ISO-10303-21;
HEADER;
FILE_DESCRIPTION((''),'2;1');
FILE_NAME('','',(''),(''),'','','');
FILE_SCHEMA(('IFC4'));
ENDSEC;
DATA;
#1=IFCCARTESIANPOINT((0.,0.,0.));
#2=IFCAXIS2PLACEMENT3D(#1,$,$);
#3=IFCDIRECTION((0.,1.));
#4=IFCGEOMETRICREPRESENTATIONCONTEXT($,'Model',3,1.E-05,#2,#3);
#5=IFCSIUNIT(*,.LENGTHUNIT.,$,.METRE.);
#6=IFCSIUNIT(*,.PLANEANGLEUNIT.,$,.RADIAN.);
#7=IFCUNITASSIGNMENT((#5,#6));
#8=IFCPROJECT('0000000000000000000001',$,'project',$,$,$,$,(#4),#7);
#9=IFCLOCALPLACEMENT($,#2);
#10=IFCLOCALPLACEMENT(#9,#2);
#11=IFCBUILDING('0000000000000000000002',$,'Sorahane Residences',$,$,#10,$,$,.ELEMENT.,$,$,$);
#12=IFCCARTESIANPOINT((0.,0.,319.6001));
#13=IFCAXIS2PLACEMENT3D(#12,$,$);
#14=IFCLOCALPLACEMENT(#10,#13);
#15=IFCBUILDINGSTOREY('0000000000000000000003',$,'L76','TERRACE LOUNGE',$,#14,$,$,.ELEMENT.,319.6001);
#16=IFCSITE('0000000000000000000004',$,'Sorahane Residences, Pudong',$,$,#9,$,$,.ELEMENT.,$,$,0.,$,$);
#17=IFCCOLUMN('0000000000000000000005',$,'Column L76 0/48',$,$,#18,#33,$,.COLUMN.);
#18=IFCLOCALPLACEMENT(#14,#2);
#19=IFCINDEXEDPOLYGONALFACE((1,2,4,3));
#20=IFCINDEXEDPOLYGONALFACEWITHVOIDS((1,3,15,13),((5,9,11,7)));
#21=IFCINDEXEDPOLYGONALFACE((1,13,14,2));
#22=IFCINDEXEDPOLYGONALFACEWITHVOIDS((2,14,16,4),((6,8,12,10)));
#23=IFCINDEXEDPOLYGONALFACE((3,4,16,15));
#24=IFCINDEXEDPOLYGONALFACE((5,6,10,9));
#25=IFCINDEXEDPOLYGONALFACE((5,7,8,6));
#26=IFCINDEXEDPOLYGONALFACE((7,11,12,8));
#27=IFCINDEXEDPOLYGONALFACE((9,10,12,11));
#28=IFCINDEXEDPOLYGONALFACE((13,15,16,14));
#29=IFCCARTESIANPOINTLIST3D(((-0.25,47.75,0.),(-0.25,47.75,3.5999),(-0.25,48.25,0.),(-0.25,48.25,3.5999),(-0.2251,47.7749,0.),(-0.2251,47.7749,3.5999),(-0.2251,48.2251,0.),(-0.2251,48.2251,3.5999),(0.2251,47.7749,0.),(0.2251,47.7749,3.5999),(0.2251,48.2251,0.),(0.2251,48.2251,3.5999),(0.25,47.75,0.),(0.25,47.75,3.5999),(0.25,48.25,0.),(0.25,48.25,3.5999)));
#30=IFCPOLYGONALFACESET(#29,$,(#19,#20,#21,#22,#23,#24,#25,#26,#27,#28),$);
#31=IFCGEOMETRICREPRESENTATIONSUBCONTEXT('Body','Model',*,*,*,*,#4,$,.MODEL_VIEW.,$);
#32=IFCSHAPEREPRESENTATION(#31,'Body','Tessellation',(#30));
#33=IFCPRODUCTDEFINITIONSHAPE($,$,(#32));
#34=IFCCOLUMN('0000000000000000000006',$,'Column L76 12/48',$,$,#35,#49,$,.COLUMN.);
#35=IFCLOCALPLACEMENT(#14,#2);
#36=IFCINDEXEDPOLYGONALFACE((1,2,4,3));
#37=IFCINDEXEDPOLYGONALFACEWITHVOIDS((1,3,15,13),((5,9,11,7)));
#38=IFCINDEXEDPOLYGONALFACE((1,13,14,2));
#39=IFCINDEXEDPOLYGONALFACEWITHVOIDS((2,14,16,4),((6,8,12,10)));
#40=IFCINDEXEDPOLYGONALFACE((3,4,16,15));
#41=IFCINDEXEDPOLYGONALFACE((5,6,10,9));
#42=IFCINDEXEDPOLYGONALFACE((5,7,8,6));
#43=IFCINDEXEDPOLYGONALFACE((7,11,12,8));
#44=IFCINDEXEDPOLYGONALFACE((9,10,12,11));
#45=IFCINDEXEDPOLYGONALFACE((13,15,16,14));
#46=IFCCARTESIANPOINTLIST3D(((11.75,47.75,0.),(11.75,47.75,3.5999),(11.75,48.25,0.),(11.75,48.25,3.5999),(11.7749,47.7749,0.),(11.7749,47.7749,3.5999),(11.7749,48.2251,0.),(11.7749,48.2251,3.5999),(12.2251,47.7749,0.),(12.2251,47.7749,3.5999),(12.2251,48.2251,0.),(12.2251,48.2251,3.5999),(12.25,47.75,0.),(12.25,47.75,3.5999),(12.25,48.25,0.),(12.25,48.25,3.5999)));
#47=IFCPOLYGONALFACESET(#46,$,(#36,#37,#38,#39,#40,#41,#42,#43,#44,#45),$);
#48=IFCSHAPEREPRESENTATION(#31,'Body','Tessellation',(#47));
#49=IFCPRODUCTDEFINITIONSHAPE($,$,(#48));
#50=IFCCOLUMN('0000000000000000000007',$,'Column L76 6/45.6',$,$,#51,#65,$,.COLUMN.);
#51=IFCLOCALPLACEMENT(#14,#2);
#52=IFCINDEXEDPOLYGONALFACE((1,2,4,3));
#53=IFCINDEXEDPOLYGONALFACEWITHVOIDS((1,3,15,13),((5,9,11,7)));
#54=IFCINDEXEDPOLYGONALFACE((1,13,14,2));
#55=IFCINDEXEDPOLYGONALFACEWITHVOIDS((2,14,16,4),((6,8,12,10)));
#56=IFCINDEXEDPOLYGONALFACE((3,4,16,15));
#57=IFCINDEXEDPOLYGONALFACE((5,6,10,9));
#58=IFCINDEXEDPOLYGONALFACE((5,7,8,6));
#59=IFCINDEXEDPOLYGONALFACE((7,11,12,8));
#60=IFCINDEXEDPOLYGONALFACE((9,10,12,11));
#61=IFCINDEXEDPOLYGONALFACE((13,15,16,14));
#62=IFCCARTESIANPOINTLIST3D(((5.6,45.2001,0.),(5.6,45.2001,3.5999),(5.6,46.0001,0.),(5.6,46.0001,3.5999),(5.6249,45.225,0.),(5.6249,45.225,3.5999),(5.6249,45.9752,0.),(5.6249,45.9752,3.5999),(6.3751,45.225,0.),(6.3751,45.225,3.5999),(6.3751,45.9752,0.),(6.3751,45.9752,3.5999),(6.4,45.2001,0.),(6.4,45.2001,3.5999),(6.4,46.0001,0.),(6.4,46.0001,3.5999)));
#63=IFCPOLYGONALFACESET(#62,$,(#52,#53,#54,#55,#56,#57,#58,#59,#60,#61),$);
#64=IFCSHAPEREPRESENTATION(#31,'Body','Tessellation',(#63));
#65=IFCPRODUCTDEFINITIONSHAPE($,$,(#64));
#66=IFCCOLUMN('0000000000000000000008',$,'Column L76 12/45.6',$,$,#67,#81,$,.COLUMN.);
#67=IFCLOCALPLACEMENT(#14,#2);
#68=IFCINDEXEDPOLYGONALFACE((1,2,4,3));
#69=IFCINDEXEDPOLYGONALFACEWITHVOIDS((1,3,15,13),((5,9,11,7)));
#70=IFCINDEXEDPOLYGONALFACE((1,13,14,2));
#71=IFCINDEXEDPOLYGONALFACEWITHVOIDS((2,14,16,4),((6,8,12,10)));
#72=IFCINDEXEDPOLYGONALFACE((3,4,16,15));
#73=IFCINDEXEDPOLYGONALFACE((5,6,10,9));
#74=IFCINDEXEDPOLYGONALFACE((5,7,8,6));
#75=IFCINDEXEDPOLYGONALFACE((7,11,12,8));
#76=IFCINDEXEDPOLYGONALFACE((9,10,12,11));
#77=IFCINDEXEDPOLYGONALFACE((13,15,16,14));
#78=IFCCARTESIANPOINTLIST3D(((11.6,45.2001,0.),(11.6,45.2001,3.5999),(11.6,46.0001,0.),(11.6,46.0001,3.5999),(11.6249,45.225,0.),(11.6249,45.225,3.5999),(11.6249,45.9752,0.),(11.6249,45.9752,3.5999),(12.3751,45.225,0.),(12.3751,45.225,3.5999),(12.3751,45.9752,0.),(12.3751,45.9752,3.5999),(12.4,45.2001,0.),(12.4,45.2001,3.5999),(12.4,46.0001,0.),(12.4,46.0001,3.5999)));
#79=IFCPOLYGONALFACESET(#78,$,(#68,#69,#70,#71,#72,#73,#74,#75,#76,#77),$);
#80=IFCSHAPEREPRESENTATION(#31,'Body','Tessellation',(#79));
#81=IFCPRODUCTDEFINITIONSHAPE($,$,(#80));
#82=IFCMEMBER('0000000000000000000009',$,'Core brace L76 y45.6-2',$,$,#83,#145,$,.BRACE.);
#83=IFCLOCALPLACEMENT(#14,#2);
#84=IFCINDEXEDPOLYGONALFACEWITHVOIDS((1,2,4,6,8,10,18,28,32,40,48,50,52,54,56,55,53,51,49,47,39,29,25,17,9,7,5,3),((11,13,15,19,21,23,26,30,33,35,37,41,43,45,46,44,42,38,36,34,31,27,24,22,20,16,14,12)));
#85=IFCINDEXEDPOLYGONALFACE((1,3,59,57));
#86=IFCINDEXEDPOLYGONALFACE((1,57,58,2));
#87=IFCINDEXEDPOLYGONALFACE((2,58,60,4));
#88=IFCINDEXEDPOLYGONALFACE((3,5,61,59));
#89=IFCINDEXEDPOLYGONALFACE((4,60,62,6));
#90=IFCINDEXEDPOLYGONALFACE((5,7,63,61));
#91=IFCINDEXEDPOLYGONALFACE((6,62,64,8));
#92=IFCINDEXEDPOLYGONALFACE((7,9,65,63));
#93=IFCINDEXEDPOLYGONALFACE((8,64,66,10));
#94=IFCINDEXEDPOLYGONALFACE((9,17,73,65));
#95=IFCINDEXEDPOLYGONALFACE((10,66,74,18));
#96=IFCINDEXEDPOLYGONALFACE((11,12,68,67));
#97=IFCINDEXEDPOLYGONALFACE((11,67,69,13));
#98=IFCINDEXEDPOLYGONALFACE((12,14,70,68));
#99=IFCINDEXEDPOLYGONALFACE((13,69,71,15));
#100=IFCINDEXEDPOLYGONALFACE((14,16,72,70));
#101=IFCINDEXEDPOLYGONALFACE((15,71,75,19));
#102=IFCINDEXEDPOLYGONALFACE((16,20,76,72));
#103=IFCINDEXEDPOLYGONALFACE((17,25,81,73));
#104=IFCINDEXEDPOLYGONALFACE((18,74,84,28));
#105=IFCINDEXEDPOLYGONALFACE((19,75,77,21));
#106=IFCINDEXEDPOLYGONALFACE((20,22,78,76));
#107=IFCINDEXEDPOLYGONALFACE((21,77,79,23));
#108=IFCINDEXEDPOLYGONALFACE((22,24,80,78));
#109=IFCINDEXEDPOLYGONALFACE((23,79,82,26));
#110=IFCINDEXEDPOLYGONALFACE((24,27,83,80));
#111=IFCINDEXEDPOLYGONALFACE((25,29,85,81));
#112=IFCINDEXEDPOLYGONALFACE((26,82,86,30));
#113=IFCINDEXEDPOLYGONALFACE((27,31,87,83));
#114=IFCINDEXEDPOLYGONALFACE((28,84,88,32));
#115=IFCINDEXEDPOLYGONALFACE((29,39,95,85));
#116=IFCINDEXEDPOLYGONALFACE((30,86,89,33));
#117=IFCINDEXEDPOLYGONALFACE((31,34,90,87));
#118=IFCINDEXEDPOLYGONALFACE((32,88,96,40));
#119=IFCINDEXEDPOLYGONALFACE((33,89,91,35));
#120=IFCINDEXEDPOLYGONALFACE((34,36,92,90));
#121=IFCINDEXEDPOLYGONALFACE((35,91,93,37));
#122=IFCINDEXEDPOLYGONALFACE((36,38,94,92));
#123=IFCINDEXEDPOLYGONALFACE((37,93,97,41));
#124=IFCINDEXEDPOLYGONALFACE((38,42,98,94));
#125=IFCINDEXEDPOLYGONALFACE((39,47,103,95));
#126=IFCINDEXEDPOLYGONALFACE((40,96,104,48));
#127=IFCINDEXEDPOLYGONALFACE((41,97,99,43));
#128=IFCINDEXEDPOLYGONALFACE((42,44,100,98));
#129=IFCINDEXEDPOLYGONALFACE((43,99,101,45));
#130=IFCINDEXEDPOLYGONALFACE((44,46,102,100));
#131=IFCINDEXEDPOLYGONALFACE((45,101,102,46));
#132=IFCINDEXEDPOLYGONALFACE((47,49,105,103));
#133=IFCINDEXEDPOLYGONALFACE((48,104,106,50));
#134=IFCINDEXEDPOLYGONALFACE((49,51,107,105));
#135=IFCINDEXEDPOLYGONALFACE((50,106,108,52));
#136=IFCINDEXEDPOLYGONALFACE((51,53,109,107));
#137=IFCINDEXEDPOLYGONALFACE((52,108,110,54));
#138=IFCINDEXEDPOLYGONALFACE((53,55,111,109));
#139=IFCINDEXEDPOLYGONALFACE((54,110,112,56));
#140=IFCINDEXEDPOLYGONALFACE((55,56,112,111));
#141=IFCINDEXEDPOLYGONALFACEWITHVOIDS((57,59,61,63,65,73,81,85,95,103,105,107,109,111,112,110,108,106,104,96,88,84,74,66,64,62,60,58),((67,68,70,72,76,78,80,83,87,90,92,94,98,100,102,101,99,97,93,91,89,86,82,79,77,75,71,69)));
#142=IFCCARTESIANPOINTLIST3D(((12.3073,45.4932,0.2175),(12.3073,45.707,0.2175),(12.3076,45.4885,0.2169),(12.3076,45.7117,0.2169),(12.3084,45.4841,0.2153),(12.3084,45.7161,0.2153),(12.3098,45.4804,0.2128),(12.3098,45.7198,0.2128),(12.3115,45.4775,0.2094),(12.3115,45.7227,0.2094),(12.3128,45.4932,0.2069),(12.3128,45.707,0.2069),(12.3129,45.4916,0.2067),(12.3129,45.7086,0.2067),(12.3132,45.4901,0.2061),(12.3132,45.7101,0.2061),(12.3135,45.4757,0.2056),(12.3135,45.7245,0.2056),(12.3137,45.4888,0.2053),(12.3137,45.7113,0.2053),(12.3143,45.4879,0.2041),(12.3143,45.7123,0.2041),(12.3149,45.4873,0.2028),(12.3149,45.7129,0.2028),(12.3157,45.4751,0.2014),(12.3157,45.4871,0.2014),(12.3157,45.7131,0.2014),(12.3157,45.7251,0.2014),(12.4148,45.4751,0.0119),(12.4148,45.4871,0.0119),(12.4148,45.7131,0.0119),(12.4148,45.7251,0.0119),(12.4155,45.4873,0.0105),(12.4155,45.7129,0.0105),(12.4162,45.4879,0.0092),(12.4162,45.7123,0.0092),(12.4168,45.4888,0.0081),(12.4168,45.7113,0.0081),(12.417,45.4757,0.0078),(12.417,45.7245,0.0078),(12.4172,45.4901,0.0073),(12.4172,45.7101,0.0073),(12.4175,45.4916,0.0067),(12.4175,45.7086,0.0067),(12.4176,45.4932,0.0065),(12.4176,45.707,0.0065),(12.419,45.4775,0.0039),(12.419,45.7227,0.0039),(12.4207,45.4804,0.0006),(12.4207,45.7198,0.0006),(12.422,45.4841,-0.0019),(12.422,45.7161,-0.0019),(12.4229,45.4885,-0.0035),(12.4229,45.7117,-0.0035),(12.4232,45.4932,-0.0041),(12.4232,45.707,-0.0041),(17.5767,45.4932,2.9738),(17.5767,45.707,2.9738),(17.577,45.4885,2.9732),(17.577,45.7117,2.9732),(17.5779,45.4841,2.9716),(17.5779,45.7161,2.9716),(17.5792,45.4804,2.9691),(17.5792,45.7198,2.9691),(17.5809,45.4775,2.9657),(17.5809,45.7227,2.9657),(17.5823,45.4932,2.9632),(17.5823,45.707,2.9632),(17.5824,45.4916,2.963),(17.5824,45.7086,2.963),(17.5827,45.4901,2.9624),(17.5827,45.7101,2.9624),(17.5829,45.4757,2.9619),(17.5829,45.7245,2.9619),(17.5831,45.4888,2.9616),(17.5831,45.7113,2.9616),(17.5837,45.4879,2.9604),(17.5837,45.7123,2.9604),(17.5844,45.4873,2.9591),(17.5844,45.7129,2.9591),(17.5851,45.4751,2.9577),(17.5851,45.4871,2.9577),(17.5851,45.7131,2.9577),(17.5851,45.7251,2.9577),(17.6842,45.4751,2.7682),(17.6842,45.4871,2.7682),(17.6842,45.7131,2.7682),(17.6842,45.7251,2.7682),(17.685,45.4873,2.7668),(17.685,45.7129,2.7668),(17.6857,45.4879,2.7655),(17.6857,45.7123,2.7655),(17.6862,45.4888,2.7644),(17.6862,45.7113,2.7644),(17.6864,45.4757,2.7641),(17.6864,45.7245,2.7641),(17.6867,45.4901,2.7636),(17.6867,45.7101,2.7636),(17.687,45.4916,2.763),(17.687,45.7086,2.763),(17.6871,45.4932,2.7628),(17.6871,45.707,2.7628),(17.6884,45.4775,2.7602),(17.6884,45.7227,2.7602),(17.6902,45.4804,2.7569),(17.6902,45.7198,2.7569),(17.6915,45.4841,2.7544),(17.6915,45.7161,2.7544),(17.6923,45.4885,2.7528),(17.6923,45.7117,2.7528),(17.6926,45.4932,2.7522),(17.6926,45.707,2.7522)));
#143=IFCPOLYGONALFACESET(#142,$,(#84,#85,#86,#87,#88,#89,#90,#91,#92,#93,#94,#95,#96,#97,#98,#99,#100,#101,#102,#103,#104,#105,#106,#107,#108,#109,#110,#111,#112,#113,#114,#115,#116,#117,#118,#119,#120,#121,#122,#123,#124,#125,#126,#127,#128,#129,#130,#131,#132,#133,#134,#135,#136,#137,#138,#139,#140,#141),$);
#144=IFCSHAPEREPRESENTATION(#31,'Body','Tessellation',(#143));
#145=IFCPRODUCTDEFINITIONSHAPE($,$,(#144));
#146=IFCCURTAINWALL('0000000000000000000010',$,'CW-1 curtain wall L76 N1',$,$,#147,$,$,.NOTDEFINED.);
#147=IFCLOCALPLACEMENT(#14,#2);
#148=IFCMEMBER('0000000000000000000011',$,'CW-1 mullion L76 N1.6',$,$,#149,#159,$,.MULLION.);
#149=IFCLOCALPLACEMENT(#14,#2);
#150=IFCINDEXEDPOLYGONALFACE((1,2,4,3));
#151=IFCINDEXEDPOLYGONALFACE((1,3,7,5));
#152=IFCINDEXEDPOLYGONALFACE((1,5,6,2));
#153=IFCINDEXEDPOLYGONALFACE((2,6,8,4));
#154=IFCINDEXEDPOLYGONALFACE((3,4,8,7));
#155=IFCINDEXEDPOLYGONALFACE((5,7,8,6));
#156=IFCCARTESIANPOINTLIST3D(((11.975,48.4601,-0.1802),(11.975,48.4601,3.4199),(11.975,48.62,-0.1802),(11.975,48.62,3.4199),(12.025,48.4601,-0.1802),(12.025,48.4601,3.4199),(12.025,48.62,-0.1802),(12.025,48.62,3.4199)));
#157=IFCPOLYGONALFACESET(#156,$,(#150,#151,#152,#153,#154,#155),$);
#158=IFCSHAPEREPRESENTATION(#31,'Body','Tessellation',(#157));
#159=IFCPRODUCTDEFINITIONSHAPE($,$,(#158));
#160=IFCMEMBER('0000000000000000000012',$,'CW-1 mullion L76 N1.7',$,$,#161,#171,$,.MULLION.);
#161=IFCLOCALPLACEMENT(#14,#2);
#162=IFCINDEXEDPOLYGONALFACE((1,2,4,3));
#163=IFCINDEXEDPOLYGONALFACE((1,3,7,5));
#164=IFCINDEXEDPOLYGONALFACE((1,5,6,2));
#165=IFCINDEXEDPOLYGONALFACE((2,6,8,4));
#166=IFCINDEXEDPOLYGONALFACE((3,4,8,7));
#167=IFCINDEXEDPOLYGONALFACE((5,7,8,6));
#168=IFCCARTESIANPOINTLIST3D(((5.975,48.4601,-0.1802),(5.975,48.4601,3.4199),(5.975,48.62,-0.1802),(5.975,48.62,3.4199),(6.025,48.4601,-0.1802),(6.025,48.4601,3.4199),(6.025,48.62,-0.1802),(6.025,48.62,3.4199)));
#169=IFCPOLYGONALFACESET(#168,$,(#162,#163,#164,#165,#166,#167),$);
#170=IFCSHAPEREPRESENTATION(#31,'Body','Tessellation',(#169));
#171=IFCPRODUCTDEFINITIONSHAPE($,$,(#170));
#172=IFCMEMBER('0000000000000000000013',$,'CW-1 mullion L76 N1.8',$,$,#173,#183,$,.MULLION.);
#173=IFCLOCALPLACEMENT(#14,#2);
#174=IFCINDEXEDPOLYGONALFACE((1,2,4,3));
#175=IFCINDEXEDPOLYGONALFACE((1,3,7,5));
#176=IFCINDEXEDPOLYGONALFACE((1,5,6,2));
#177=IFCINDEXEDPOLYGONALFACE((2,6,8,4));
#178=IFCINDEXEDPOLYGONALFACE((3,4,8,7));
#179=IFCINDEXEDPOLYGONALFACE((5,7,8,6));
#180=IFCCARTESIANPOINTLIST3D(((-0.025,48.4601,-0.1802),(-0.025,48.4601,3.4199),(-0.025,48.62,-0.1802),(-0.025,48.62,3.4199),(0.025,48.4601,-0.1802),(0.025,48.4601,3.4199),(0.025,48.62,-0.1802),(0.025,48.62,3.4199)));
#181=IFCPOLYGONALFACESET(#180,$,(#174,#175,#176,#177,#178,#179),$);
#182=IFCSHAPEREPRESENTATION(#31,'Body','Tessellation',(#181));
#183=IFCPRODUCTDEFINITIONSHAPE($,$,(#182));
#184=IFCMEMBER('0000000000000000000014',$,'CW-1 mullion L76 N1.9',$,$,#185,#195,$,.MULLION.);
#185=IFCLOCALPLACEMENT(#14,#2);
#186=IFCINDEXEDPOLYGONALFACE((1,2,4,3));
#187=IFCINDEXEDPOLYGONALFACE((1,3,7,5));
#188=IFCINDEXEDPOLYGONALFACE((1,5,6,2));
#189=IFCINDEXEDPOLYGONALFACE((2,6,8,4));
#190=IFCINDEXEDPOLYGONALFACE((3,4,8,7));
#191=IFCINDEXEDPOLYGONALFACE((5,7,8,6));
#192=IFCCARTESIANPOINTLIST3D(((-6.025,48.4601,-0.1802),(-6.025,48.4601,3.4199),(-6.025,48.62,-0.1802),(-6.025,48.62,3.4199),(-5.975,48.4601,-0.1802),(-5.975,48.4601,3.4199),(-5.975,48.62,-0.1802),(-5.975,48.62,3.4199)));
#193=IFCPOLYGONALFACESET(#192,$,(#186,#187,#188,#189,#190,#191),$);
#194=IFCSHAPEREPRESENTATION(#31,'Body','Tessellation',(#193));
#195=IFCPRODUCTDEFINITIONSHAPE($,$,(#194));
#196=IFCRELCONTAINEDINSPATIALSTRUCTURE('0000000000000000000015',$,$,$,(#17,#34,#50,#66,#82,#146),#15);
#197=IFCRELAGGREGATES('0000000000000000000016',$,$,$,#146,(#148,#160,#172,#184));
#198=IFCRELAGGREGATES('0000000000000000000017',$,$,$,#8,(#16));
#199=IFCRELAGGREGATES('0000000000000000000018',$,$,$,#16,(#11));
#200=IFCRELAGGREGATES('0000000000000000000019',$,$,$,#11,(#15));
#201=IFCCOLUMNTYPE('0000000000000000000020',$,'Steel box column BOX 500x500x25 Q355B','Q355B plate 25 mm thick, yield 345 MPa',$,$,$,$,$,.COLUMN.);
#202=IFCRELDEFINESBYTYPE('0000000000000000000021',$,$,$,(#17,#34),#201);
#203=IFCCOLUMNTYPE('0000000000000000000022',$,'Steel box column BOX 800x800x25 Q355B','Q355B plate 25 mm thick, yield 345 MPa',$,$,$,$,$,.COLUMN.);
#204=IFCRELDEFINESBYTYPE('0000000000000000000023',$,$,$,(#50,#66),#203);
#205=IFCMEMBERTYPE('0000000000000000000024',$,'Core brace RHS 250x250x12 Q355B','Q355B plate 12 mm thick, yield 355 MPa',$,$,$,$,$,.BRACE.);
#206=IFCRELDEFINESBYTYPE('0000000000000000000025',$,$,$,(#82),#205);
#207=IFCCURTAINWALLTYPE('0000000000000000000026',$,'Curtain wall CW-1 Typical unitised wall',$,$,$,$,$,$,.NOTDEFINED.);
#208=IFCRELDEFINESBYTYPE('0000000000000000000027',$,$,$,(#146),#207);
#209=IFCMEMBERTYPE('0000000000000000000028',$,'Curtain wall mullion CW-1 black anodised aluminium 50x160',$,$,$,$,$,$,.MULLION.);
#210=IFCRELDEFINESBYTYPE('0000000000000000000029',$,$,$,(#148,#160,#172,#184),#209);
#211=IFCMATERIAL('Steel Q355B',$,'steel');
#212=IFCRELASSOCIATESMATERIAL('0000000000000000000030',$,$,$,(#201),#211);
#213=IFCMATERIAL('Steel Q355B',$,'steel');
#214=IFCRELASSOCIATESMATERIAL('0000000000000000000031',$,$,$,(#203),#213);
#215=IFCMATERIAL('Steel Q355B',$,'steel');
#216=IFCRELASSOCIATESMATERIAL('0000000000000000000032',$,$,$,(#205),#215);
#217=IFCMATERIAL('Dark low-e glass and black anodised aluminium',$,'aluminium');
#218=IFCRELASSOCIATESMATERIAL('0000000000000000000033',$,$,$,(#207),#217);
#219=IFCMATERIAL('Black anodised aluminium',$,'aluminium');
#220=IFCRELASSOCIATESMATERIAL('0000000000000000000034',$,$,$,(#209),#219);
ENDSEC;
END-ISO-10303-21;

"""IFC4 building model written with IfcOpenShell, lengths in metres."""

from ifc_helpers import new_model, si_unit, direction, frame, origin, origin_2d, place, context, subcontext, project, spatial, rectangle, hollow_rectangle, extrude, material, material_profile, profile_set, type_object, element, aggregate, save


model = new_model("IFC4")

# Units and contexts
model_context = context("Model", 3, precision=1e-05, world=origin(), true_north=direction((0.0, 1.0)))
body_context = subcontext(model_context, "Body", "Model", "MODEL_VIEW")
ifc_project = project(units=[si_unit("LENGTHUNIT", "METRE"), si_unit("PLANEANGLEUNIT", "RADIAN")], contexts=[model_context])

# Site, building, storey
site_placement = place(None, origin())
site = spatial("IfcSite", under=ifc_project, at=site_placement, Name="Sorahane Residences, Pudong", CompositionType="ELEMENT", RefElevation=0.0)
building_placement = place(site_placement, origin())
building = spatial("IfcBuilding", under=site, at=building_placement, Name="Sorahane Residences", CompositionType="ELEMENT")
storey_placement = place(building_placement, frame((0.0, 0.0, 319.6001)))
storey = spatial("IfcBuildingStorey", under=building, at=storey_placement, Name="L76", Description="TERRACE LOUNGE", CompositionType="ELEMENT", Elevation=319.6001)

# Columns
ifc_material_1 = material(Name="Steel Q355B", Category="steel")
ifc_material_profile_1 = material_profile(ifc_material_1, hollow_rectangle(XDim=0.5, YDim=0.5, WallThickness=0.0249, at=origin_2d()), Name="BOX 500x500x25")
ifc_profile_set_1 = profile_set([ifc_material_profile_1], Name="Steel Q355B")
column_type_1 = type_object("IfcColumnType", Name="Steel box column BOX 500x500x25 Q355B", Description="Q355B plate 25 mm thick, yield 345 MPa", PredefinedType="COLUMN", material=ifc_profile_set_1)
for number, where, z_axis, x_axis, name in (
    (1, (0.0, 48.0, 0.0), (0.0, 0.0, 1.0), (1.0, 0.0, 0.0), "Column L76 0/48"),
    (2, (12.0, 48.0, 0.0), (0.0, 0.0, 1.0), (1.0, 0.0, 0.0), "Column L76 12/48"),
):
    element("IfcColumn", number, at=place(storey_placement, frame(where, z_axis=z_axis, x_axis=x_axis)), inside=storey, type_object=column_type_1, Name=name, PredefinedType="COLUMN", context=body_context, shape_type="SweptSolid", body=[
        extrude(hollow_rectangle(XDim=0.5, YDim=0.5, WallThickness=0.0249, at=origin_2d()), origin(), (0.0, 0.0, 1.0), 3.5999),
    ])
ifc_material_2 = material(Name="Steel Q355B", Category="steel")
ifc_material_profile_2 = material_profile(ifc_material_2, hollow_rectangle(XDim=0.8, YDim=0.8, WallThickness=0.0249, at=origin_2d()), Name="BOX 800x800x25")
ifc_profile_set_2 = profile_set([ifc_material_profile_2], Name="Steel Q355B")
column_type_2 = type_object("IfcColumnType", Name="Steel box column BOX 800x800x25 Q355B", Description="Q355B plate 25 mm thick, yield 345 MPa", PredefinedType="COLUMN", material=ifc_profile_set_2)
for number, where, z_axis, x_axis, name in (
    (3, (6.0, 45.6001, 0.0), (0.0, 0.0, 1.0), (1.0, 0.0, 0.0), "Column L76 6/45.6"),
    (4, (12.0, 45.6001, 0.0), (0.0, 0.0, 1.0), (1.0, 0.0, 0.0), "Column L76 12/45.6"),
):
    element("IfcColumn", number, at=place(storey_placement, frame(where, z_axis=z_axis, x_axis=x_axis)), inside=storey, type_object=column_type_2, Name=name, PredefinedType="COLUMN", context=body_context, shape_type="SweptSolid", body=[
        extrude(hollow_rectangle(XDim=0.8, YDim=0.8, WallThickness=0.0249, at=origin_2d()), origin(), (0.0, 0.0, 1.0), 3.5999),
    ])

# Member
ifc_material_3 = material(Name="Steel Q355B", Category="steel")
ifc_material_profile_3 = material_profile(ifc_material_3, hollow_rectangle(XDim=0.25, YDim=0.25, WallThickness=0.012, InnerFilletRadius=0.0061, OuterFilletRadius=0.0181, at=origin_2d()), Name="RHS 250x250x12")
ifc_profile_set_3 = profile_set([ifc_material_profile_3], Name="Steel Q355B")
member_type_1 = type_object("IfcMemberType", Name="Core brace RHS 250x250x12 Q355B", Description="Q355B plate 12 mm thick, yield 355 MPa", PredefinedType="BRACE", material=ifc_profile_set_3)
member_1_placement = place(storey_placement, frame((12.3652, 45.6001, 0.1067), z_axis=(0.8861, 0.0, 0.463495), x_axis=(0.0, 1.0, 0.0)))
element("IfcMember", 5, at=member_1_placement, inside=storey, type_object=member_type_1, Name="Core brace L76 y45.6-2", PredefinedType="BRACE", context=body_context, shape_type="SweptSolid", body=[
    extrude(hollow_rectangle(XDim=0.25, YDim=0.25, WallThickness=0.012, InnerFilletRadius=0.0061, OuterFilletRadius=0.0181, at=origin_2d()), origin(), (0.0, 0.0, 1.0), 5.9468),
])

# Curtain wall, members
ifc_material_4 = material(Name="Dark low-e glass and black anodised aluminium", Category="aluminium")
curtain_wall_type = type_object("IfcCurtainWallType", Name="Curtain wall CW-1 Typical unitised wall", PredefinedType="NOTDEFINED", material=ifc_material_4)
curtain_wall_placement = place(storey_placement, origin())
curtain_wall = element("IfcCurtainWall", 6, at=curtain_wall_placement, inside=storey, type_object=curtain_wall_type, Name="CW-1 curtain wall L76 N1", PredefinedType="NOTDEFINED")
ifc_material_5 = material(Name="Black anodised aluminium", Category="aluminium")
ifc_material_profile_4 = material_profile(ifc_material_5, rectangle(XDim=0.1599, YDim=0.05, at=origin_2d()), Name="Curtain wall mullion CW-1 black anodised aluminium 50x160")
ifc_profile_set_4 = profile_set([ifc_material_profile_4], Name="Black anodised aluminium")
member_type_2 = type_object("IfcMemberType", Name="Curtain wall mullion CW-1 black anodised aluminium 50x160", PredefinedType="MULLION", material=ifc_profile_set_4)
member_2_placement = place(storey_placement, frame((12.0, 48.54, -0.1802), z_axis=(0.0, 0.0, 1.0), x_axis=(0.0, 1.0, 0.0)))
member_2 = element("IfcMember", 7, at=member_2_placement, type_object=member_type_2, Name="CW-1 mullion L76 N1.6", PredefinedType="MULLION", context=body_context, shape_type="SweptSolid", body=[
    extrude(rectangle(XDim=0.1599, YDim=0.05, at=origin_2d()), origin(), (0.0, 0.0, 1.0), 3.6001),
])
member_3_placement = place(storey_placement, frame((6.0, 48.54, -0.1802), z_axis=(0.0, 0.0, 1.0), x_axis=(0.0, 1.0, 0.0)))
member_3 = element("IfcMember", 8, at=member_3_placement, type_object=member_type_2, Name="CW-1 mullion L76 N1.7", PredefinedType="MULLION", context=body_context, shape_type="SweptSolid", body=[
    extrude(rectangle(XDim=0.1599, YDim=0.05, at=origin_2d()), origin(), (0.0, 0.0, 1.0), 3.6001),
])
member_4_placement = place(storey_placement, frame((0.0, 48.54, -0.1802), z_axis=(0.0, 0.0, 1.0), x_axis=(0.0, 1.0, 0.0)))
member_4 = element("IfcMember", 9, at=member_4_placement, type_object=member_type_2, Name="CW-1 mullion L76 N1.8", PredefinedType="MULLION", context=body_context, shape_type="SweptSolid", body=[
    extrude(rectangle(XDim=0.1599, YDim=0.05, at=origin_2d()), origin(), (0.0, 0.0, 1.0), 3.6001),
])
member_5_placement = place(storey_placement, frame((-6.0, 48.54, -0.1802), z_axis=(0.0, 0.0, 1.0), x_axis=(0.0, 1.0, 0.0)))
member_5 = element("IfcMember", 10, at=member_5_placement, type_object=member_type_2, Name="CW-1 mullion L76 N1.9", PredefinedType="MULLION", context=body_context, shape_type="SweptSolid", body=[
    extrude(rectangle(XDim=0.1599, YDim=0.05, at=origin_2d()), origin(), (0.0, 0.0, 1.0), 3.6001),
])

aggregate(curtain_wall, [member_2, member_3, member_4, member_5])

save(model, "model.ifc")
